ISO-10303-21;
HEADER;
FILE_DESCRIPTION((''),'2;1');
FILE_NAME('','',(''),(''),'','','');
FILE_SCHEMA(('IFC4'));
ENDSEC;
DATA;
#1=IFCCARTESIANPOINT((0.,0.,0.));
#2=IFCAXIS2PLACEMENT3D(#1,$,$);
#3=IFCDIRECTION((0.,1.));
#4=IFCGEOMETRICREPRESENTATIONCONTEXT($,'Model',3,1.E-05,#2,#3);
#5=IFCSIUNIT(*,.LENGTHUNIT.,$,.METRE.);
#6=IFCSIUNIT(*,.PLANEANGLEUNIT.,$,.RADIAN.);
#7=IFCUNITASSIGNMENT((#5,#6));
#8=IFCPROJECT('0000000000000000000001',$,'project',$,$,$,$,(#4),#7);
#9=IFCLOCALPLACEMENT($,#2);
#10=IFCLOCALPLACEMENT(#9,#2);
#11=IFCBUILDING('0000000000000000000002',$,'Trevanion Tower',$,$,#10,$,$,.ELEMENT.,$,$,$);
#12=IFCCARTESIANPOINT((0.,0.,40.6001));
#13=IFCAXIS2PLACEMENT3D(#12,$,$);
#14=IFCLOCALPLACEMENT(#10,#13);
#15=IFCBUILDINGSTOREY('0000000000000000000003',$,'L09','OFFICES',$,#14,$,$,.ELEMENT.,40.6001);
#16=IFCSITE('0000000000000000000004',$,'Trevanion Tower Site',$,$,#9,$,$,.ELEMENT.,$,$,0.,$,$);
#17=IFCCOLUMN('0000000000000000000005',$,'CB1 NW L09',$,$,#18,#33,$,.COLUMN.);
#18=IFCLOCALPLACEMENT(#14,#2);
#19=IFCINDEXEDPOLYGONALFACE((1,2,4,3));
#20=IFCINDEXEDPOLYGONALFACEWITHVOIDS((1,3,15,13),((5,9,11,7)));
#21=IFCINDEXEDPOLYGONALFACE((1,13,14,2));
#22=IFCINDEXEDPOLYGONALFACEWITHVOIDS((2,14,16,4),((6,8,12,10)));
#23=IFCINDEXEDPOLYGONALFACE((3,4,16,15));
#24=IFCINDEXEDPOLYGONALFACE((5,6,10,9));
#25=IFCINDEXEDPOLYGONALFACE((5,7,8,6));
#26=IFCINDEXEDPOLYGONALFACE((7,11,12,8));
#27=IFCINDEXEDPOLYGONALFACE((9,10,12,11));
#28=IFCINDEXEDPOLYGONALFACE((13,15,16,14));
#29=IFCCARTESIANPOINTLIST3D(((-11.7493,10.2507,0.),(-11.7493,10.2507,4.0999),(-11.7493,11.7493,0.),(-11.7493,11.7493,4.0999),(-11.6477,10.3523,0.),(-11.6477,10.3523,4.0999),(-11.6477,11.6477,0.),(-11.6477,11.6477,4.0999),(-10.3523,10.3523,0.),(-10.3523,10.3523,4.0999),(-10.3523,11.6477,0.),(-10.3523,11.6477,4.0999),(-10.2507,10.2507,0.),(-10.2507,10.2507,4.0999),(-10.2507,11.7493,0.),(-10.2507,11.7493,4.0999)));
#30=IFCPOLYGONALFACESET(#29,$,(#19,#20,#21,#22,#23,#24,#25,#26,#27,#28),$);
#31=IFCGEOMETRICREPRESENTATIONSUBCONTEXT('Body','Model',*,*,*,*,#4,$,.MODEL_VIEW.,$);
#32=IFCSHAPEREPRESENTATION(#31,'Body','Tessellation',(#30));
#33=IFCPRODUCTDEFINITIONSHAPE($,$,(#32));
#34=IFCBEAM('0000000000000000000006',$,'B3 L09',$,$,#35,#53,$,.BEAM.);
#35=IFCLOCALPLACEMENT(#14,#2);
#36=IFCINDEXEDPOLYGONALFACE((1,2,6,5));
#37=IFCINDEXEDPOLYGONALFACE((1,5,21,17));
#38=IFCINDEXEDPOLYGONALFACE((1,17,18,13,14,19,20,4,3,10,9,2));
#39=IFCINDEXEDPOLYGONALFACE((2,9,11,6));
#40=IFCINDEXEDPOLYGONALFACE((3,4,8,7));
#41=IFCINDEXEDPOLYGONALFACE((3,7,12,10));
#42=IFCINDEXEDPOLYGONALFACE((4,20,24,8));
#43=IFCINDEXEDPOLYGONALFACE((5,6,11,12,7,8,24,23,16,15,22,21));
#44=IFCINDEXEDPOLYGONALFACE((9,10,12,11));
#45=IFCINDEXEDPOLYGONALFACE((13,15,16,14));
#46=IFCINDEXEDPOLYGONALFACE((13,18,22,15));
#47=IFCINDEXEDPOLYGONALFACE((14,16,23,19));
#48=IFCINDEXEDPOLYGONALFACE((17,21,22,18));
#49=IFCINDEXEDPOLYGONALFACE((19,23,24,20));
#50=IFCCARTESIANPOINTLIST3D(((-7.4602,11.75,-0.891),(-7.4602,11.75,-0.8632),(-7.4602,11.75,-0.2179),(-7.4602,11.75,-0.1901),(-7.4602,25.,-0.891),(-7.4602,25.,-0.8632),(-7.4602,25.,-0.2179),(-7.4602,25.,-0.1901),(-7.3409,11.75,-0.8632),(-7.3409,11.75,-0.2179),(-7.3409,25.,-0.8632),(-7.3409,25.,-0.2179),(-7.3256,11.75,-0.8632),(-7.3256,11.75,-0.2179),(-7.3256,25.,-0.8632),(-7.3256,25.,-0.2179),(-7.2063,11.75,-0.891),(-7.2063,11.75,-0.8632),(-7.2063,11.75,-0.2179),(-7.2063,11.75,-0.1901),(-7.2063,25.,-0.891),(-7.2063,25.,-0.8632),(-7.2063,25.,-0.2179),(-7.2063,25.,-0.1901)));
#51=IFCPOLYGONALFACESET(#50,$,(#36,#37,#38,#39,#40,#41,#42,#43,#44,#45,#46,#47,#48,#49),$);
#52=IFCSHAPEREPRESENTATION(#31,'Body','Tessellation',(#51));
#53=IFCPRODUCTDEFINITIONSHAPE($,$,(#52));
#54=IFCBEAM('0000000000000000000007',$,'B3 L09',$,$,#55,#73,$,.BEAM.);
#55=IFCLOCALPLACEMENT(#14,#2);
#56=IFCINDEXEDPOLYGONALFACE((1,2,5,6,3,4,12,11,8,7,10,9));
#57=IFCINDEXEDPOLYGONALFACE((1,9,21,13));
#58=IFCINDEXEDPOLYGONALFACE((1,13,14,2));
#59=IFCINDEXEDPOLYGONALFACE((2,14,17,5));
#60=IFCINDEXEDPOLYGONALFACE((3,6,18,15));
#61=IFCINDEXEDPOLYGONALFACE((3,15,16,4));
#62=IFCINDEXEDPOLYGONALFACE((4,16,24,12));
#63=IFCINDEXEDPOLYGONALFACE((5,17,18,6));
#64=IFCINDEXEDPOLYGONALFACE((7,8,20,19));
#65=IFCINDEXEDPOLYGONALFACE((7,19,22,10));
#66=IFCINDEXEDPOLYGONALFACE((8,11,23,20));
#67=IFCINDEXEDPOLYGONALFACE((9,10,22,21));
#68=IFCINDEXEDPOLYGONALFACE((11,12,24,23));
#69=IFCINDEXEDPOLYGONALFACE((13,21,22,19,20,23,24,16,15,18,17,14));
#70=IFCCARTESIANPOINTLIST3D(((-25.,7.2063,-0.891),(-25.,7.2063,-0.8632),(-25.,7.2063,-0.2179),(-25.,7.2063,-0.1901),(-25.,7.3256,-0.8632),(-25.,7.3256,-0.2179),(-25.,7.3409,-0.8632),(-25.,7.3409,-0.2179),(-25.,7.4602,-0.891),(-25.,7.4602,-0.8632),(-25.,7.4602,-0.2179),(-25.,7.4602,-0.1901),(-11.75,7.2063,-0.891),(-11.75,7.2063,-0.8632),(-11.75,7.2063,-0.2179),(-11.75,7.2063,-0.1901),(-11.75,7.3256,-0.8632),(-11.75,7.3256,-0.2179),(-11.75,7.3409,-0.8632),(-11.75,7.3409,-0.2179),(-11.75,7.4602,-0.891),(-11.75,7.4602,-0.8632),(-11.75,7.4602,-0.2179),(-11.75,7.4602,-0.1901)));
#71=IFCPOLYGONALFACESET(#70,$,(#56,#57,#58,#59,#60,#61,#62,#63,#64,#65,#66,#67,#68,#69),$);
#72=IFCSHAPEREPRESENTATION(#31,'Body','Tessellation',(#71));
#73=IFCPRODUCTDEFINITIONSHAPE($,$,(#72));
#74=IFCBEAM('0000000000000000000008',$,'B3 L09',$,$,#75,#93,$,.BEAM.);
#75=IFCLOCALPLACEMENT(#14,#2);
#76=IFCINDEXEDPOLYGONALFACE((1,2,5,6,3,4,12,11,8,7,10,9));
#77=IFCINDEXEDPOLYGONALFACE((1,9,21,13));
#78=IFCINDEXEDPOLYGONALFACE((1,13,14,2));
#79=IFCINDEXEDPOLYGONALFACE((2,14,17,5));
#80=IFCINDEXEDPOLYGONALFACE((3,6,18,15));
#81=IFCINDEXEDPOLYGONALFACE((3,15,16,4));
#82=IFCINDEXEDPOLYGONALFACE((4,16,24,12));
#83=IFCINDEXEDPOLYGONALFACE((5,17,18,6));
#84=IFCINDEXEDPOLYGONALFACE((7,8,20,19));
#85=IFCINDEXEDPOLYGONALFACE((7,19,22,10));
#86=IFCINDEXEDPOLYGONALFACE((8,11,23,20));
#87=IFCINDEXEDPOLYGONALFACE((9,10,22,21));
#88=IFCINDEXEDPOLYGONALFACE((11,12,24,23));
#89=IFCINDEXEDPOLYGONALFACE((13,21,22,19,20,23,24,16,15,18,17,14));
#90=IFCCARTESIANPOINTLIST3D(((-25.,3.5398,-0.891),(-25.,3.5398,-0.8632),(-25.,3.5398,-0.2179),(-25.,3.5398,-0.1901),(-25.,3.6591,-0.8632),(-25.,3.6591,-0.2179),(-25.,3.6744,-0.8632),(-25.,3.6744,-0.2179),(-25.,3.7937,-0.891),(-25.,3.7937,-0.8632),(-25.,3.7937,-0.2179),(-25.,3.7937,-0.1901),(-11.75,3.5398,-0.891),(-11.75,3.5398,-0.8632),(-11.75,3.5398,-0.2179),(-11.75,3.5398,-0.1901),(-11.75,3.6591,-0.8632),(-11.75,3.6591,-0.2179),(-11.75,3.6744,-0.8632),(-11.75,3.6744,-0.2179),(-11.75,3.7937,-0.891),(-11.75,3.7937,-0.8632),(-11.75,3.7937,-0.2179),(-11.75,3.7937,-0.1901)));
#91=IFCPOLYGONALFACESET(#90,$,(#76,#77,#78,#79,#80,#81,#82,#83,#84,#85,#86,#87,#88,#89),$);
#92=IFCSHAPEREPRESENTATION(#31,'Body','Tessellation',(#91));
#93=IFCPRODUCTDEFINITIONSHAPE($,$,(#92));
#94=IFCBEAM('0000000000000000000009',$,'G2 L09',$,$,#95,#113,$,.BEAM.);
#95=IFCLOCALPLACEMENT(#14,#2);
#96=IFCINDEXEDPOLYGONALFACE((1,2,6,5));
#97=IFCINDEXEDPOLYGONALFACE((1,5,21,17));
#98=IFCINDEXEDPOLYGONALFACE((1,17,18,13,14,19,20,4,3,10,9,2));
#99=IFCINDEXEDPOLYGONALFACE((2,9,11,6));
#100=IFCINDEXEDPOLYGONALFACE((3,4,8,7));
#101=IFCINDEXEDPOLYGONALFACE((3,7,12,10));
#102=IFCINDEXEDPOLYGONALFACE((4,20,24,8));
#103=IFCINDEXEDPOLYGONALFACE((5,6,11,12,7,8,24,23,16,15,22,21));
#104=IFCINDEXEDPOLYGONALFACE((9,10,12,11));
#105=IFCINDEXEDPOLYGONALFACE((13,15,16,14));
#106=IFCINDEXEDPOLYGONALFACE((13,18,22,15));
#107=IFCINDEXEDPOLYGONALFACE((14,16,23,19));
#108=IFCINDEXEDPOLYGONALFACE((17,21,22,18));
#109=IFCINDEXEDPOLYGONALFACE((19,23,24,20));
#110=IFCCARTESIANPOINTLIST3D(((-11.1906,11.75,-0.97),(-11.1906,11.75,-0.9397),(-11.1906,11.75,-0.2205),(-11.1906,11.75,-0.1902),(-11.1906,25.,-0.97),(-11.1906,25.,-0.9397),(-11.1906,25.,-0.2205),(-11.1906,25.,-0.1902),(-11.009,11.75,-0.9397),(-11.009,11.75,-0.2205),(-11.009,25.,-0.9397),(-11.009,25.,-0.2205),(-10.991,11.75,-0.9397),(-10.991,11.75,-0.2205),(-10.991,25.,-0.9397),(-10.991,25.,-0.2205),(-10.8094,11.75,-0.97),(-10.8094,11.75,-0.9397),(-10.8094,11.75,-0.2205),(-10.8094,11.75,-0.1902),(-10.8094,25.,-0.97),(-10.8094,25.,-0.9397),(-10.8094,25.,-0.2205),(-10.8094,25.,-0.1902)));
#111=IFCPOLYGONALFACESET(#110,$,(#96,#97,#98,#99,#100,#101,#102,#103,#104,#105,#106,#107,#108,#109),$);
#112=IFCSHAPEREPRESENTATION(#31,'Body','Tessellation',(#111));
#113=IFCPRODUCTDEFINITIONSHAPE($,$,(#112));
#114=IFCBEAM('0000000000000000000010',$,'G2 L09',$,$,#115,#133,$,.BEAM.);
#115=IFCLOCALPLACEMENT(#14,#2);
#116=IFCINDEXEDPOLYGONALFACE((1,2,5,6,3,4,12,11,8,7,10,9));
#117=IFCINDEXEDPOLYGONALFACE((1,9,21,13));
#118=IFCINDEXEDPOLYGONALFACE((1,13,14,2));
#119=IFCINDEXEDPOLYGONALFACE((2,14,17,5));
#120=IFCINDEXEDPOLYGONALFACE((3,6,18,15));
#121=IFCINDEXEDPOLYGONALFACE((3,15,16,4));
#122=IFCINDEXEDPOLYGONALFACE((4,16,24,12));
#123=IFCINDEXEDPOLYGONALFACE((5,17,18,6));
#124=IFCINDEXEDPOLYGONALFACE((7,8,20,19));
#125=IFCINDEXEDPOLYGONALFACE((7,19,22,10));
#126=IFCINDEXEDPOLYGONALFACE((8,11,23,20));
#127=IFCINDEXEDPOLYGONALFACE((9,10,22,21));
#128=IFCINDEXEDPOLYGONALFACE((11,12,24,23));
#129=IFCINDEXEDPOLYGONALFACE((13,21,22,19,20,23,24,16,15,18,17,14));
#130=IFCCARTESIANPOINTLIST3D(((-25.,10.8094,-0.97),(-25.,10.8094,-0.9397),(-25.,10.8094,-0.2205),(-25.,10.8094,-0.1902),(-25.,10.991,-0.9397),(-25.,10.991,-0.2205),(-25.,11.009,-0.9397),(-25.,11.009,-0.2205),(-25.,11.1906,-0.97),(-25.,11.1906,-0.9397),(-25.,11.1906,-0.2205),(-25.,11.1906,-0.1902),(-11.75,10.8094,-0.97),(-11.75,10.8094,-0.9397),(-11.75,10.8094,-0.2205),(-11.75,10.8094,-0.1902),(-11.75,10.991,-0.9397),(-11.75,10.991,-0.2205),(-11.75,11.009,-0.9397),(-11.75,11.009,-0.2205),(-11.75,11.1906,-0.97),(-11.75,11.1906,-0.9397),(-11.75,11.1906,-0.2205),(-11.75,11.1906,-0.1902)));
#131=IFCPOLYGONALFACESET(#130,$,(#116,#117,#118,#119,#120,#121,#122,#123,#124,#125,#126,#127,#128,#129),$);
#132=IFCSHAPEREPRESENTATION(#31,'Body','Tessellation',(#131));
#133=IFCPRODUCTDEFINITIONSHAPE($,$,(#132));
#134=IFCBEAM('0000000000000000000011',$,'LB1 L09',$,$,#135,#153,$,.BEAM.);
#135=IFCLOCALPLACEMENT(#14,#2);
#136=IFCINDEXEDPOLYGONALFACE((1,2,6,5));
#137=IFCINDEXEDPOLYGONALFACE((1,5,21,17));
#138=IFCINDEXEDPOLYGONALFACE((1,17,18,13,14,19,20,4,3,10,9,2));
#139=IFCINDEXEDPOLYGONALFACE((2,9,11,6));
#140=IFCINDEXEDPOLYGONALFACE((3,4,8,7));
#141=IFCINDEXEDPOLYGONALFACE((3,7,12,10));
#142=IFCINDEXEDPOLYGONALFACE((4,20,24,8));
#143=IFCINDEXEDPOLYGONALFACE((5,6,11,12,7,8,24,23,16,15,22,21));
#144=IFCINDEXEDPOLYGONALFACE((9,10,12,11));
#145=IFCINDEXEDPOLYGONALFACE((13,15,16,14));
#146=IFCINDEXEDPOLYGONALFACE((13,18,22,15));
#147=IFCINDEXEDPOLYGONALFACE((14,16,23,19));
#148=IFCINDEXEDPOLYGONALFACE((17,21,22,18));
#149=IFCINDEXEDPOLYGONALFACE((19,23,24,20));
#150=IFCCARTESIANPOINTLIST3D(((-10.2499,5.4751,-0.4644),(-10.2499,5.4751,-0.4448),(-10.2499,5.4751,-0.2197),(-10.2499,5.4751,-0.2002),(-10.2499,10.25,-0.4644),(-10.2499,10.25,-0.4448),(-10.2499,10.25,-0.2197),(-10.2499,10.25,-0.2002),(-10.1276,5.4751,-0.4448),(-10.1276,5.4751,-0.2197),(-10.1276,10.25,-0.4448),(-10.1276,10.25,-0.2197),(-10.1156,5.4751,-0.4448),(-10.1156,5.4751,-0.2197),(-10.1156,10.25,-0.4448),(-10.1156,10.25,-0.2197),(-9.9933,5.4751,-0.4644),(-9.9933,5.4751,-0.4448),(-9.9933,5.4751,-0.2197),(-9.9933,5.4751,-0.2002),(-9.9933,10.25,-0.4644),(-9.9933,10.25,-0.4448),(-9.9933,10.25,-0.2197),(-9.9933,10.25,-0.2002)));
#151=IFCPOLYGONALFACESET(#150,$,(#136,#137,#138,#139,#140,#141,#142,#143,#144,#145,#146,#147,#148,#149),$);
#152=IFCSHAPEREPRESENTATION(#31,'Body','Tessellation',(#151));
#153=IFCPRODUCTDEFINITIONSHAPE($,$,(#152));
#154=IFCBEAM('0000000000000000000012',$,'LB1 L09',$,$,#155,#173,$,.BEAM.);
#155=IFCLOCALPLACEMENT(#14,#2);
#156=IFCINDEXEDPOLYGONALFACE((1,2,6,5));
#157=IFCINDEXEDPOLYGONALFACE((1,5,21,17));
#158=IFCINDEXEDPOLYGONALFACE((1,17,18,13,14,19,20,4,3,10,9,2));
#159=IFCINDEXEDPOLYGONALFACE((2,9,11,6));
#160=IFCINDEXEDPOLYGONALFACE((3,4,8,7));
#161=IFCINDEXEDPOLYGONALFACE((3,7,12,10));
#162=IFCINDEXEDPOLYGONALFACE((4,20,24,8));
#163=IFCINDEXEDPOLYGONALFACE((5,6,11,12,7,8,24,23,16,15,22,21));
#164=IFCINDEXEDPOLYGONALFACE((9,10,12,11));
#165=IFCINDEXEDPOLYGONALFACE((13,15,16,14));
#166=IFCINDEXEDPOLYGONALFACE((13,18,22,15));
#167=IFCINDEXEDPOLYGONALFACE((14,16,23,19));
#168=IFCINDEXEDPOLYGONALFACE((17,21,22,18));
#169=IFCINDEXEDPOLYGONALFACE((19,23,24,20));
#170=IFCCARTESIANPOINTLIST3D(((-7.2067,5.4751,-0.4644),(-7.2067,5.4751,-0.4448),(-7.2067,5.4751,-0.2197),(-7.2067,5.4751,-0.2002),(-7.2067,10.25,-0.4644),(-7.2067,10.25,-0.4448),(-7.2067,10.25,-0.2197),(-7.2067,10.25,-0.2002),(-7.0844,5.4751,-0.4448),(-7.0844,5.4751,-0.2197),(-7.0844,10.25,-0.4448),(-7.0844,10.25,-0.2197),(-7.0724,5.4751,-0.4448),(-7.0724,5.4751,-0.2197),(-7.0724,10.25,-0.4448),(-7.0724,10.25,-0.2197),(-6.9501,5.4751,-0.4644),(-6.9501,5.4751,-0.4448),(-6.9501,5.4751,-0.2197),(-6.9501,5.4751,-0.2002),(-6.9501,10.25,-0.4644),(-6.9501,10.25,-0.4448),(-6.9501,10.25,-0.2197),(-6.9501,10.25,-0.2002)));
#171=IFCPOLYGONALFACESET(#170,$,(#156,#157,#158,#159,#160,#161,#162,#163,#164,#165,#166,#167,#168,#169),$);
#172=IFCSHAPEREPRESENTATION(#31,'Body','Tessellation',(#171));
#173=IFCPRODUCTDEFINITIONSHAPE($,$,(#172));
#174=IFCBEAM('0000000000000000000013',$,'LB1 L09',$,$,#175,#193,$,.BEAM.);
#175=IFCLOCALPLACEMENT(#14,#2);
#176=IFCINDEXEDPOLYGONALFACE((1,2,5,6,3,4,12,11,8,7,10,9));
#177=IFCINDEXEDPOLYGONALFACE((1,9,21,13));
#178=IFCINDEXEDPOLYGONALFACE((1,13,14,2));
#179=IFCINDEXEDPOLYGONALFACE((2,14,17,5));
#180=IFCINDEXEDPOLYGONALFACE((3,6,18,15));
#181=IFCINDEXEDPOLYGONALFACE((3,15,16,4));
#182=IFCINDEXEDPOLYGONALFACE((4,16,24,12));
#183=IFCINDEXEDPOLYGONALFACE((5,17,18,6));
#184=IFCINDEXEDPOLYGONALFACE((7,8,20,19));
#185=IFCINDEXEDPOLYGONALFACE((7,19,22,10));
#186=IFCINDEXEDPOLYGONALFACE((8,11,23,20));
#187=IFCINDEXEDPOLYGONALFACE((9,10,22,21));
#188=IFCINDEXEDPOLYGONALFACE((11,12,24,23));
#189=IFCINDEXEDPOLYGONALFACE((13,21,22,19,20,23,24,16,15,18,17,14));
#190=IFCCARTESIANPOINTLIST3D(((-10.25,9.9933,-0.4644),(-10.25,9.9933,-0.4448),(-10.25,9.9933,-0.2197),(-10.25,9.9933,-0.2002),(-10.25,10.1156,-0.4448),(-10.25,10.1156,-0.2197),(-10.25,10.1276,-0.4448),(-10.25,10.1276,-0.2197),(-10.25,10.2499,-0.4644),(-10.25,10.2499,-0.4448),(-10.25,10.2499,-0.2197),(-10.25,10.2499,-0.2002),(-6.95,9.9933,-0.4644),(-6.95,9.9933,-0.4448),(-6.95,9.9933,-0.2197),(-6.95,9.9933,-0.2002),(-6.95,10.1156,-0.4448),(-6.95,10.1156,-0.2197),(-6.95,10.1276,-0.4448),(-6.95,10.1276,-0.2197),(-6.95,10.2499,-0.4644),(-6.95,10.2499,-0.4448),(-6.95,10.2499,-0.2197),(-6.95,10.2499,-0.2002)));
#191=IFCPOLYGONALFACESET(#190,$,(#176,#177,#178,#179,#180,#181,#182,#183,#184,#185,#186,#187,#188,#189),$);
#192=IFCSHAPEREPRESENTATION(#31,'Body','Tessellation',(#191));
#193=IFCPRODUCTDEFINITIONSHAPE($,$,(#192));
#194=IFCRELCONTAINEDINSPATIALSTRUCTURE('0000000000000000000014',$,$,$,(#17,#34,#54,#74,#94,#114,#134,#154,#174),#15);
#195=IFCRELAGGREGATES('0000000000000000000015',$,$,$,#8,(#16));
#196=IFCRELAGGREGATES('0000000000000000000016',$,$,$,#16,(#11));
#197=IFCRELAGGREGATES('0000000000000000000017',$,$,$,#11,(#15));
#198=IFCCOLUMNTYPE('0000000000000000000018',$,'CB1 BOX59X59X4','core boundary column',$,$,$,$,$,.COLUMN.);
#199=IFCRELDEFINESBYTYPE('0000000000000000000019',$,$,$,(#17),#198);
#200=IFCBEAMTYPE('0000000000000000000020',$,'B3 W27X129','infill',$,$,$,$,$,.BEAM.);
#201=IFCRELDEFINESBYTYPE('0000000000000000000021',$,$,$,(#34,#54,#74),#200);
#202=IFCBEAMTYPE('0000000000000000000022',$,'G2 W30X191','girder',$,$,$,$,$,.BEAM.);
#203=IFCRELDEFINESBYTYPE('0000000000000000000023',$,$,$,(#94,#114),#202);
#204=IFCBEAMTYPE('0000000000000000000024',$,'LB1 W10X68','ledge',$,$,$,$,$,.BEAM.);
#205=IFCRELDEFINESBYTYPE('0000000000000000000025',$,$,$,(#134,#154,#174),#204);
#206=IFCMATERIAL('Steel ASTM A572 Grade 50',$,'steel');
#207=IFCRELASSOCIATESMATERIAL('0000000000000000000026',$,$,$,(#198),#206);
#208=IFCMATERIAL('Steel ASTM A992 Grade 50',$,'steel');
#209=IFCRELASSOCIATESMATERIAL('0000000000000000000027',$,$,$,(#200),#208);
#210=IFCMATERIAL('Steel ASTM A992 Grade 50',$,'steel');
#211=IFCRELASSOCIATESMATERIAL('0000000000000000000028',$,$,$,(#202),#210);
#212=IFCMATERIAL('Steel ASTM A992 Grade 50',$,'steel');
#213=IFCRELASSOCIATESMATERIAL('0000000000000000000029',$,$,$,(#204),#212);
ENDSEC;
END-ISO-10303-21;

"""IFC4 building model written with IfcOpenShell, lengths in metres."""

from ifc_helpers import new_model, si_unit, direction, frame, origin, origin_2d, place, context, subcontext, project, spatial, hollow_rectangle, i_section, extrude, material, material_profile, profile_set, type_object, element, save


model = new_model("IFC4")

# Units and contexts
model_context = context("Model", 3, precision=1e-05, world=origin(), true_north=direction((0.0, 1.0)))
body_context = subcontext(model_context, "Body", "Model", "MODEL_VIEW")
ifc_project = project(units=[si_unit("LENGTHUNIT", "METRE"), si_unit("PLANEANGLEUNIT", "RADIAN")], contexts=[model_context])

# Site, building, storey
site_placement = place(None, origin())
site = spatial("IfcSite", under=ifc_project, at=site_placement, Name="Trevanion Tower Site", CompositionType="ELEMENT", RefElevation=0.0)
building_placement = place(site_placement, origin())
building = spatial("IfcBuilding", under=site, at=building_placement, Name="Trevanion Tower", CompositionType="ELEMENT")
storey_placement = place(building_placement, frame((0.0, 0.0, 40.6001)))
storey = spatial("IfcBuildingStorey", under=building, at=storey_placement, Name="L09", Description="OFFICES", CompositionType="ELEMENT", Elevation=40.6001)

# Column
ifc_material_1 = material(Name="Steel ASTM A572 Grade 50", Category="steel")
ifc_material_profile_1 = material_profile(ifc_material_1, hollow_rectangle(XDim=1.4985, YDim=1.4985, WallThickness=0.1016, at=origin_2d()), Name="BOX59X59X4")
ifc_profile_set_1 = profile_set([ifc_material_profile_1], Name="Steel ASTM A572 Grade 50")
column_type = type_object("IfcColumnType", Name="CB1 BOX59X59X4", Description="core boundary column", PredefinedType="COLUMN", material=ifc_profile_set_1)
column_placement = place(storey_placement, frame((-11.0, 11.0, 0.0), z_axis=(0.0, 0.0, 1.0), x_axis=(1.0, 0.0, 0.0)))
element("IfcColumn", 1, at=column_placement, inside=storey, type_object=column_type, Name="CB1 NW L09", PredefinedType="COLUMN", context=body_context, shape_type="SweptSolid", body=[
    extrude(hollow_rectangle(XDim=1.4985, YDim=1.4985, WallThickness=0.1016, at=origin_2d()), origin(), (0.0, 0.0, 1.0), 4.0999),
])

# Beams
ifc_material_2 = material(Name="Steel ASTM A992 Grade 50", Category="steel")
ifc_material_profile_2 = material_profile(ifc_material_2, i_section(OverallWidth=0.2539, OverallDepth=0.7009, WebThickness=0.0154, FlangeThickness=0.0278, at=origin_2d()), Name="W27X129")
ifc_profile_set_2 = profile_set([ifc_material_profile_2], Name="Steel ASTM A992 Grade 50")
beam_type_1 = type_object("IfcBeamType", Name="B3 W27X129", Description="infill", PredefinedType="BEAM", material=ifc_profile_set_2)
for number, where, z_axis, x_axis, name in (
    (2, (-7.3333, 11.75, -0.5405), (0.0, 1.0, 0.0), (-1.0, 0.0, 0.0), "B3 L09"),
    (3, (-11.75, 7.3333, -0.5405), (-1.0, 0.0, 0.0), (0.0, -1.0, 0.0), "B3 L09"),
    (4, (-11.75, 3.6667, -0.5405), (-1.0, 0.0, 0.0), (0.0, -1.0, 0.0), "B3 L09"),
):
    element("IfcBeam", number, at=place(storey_placement, frame(where, z_axis=z_axis, x_axis=x_axis)), inside=storey, type_object=beam_type_1, Name=name, PredefinedType="BEAM", context=body_context, shape_type="SweptSolid", body=[
        extrude(i_section(OverallWidth=0.2539, OverallDepth=0.7009, WebThickness=0.0154, FlangeThickness=0.0278, at=origin_2d()), origin(), (0.0, 0.0, 1.0), 13.25),
    ])
ifc_material_3 = material(Name="Steel ASTM A992 Grade 50", Category="steel")
ifc_material_profile_3 = material_profile(ifc_material_3, i_section(OverallWidth=0.3811, OverallDepth=0.7798, WebThickness=0.0181, FlangeThickness=0.0303, at=origin_2d()), Name="W30X191")
ifc_profile_set_3 = profile_set([ifc_material_profile_3], Name="Steel ASTM A992 Grade 50")
beam_type_2 = type_object("IfcBeamType", Name="G2 W30X191", Description="girder", PredefinedType="BEAM", material=ifc_profile_set_3)
for number, where, z_axis, x_axis, name in (
    (5, (-11.0, 11.75, -0.5801), (0.0, 1.0, 0.0), (-1.0, 0.0, 0.0), "G2 L09"),
    (6, (-11.75, 11.0, -0.5801), (-1.0, 0.0, 0.0), (0.0, -1.0, 0.0), "G2 L09"),
):
    element("IfcBeam", number, at=place(storey_placement, frame(where, z_axis=z_axis, x_axis=x_axis)), inside=storey, type_object=beam_type_2, Name=name, PredefinedType="BEAM", context=body_context, shape_type="SweptSolid", body=[
        extrude(i_section(OverallWidth=0.3811, OverallDepth=0.7798, WebThickness=0.0181, FlangeThickness=0.0303, at=origin_2d()), origin(), (0.0, 0.0, 1.0), 13.25),
    ])
ifc_material_4 = material(Name="Steel ASTM A992 Grade 50", Category="steel")
ifc_material_profile_4 = material_profile(ifc_material_4, i_section(OverallWidth=0.2566, OverallDepth=0.2642, WebThickness=0.012, FlangeThickness=0.0195, at=origin_2d()), Name="W10X68")
ifc_profile_set_4 = profile_set([ifc_material_profile_4], Name="Steel ASTM A992 Grade 50")
beam_type_3 = type_object("IfcBeamType", Name="LB1 W10X68", Description="ledge", PredefinedType="BEAM", material=ifc_profile_set_4)
for number, where, z_axis, x_axis, name in (
    (7, (-10.1216, 5.4751, -0.3323), (0.0, 1.0, 0.0), (-1.0, 0.0, 0.0), "LB1 L09"),
    (8, (-7.0784, 5.4751, -0.3323), (0.0, 1.0, 0.0), (-1.0, 0.0, 0.0), "LB1 L09"),
):
    element("IfcBeam", number, at=place(storey_placement, frame(where, z_axis=z_axis, x_axis=x_axis)), inside=storey, type_object=beam_type_3, Name=name, PredefinedType="BEAM", context=body_context, shape_type="SweptSolid", body=[
        extrude(i_section(OverallWidth=0.2566, OverallDepth=0.2642, WebThickness=0.012, FlangeThickness=0.0195, at=origin_2d()), origin(), (0.0, 0.0, 1.0), 4.7749),
    ])
beam_placement = place(storey_placement, frame((-10.25, 10.1216, -0.3323), z_axis=(1.0, 0.0, 0.0), x_axis=(0.0, 1.0, 0.0)))
element("IfcBeam", 9, at=beam_placement, inside=storey, type_object=beam_type_3, Name="LB1 L09", PredefinedType="BEAM", context=body_context, shape_type="SweptSolid", body=[
    extrude(i_section(OverallWidth=0.2566, OverallDepth=0.2642, WebThickness=0.012, FlangeThickness=0.0195, at=origin_2d()), origin(), (0.0, 0.0, 1.0), 3.3),
])

save(model, "model.ifc")
